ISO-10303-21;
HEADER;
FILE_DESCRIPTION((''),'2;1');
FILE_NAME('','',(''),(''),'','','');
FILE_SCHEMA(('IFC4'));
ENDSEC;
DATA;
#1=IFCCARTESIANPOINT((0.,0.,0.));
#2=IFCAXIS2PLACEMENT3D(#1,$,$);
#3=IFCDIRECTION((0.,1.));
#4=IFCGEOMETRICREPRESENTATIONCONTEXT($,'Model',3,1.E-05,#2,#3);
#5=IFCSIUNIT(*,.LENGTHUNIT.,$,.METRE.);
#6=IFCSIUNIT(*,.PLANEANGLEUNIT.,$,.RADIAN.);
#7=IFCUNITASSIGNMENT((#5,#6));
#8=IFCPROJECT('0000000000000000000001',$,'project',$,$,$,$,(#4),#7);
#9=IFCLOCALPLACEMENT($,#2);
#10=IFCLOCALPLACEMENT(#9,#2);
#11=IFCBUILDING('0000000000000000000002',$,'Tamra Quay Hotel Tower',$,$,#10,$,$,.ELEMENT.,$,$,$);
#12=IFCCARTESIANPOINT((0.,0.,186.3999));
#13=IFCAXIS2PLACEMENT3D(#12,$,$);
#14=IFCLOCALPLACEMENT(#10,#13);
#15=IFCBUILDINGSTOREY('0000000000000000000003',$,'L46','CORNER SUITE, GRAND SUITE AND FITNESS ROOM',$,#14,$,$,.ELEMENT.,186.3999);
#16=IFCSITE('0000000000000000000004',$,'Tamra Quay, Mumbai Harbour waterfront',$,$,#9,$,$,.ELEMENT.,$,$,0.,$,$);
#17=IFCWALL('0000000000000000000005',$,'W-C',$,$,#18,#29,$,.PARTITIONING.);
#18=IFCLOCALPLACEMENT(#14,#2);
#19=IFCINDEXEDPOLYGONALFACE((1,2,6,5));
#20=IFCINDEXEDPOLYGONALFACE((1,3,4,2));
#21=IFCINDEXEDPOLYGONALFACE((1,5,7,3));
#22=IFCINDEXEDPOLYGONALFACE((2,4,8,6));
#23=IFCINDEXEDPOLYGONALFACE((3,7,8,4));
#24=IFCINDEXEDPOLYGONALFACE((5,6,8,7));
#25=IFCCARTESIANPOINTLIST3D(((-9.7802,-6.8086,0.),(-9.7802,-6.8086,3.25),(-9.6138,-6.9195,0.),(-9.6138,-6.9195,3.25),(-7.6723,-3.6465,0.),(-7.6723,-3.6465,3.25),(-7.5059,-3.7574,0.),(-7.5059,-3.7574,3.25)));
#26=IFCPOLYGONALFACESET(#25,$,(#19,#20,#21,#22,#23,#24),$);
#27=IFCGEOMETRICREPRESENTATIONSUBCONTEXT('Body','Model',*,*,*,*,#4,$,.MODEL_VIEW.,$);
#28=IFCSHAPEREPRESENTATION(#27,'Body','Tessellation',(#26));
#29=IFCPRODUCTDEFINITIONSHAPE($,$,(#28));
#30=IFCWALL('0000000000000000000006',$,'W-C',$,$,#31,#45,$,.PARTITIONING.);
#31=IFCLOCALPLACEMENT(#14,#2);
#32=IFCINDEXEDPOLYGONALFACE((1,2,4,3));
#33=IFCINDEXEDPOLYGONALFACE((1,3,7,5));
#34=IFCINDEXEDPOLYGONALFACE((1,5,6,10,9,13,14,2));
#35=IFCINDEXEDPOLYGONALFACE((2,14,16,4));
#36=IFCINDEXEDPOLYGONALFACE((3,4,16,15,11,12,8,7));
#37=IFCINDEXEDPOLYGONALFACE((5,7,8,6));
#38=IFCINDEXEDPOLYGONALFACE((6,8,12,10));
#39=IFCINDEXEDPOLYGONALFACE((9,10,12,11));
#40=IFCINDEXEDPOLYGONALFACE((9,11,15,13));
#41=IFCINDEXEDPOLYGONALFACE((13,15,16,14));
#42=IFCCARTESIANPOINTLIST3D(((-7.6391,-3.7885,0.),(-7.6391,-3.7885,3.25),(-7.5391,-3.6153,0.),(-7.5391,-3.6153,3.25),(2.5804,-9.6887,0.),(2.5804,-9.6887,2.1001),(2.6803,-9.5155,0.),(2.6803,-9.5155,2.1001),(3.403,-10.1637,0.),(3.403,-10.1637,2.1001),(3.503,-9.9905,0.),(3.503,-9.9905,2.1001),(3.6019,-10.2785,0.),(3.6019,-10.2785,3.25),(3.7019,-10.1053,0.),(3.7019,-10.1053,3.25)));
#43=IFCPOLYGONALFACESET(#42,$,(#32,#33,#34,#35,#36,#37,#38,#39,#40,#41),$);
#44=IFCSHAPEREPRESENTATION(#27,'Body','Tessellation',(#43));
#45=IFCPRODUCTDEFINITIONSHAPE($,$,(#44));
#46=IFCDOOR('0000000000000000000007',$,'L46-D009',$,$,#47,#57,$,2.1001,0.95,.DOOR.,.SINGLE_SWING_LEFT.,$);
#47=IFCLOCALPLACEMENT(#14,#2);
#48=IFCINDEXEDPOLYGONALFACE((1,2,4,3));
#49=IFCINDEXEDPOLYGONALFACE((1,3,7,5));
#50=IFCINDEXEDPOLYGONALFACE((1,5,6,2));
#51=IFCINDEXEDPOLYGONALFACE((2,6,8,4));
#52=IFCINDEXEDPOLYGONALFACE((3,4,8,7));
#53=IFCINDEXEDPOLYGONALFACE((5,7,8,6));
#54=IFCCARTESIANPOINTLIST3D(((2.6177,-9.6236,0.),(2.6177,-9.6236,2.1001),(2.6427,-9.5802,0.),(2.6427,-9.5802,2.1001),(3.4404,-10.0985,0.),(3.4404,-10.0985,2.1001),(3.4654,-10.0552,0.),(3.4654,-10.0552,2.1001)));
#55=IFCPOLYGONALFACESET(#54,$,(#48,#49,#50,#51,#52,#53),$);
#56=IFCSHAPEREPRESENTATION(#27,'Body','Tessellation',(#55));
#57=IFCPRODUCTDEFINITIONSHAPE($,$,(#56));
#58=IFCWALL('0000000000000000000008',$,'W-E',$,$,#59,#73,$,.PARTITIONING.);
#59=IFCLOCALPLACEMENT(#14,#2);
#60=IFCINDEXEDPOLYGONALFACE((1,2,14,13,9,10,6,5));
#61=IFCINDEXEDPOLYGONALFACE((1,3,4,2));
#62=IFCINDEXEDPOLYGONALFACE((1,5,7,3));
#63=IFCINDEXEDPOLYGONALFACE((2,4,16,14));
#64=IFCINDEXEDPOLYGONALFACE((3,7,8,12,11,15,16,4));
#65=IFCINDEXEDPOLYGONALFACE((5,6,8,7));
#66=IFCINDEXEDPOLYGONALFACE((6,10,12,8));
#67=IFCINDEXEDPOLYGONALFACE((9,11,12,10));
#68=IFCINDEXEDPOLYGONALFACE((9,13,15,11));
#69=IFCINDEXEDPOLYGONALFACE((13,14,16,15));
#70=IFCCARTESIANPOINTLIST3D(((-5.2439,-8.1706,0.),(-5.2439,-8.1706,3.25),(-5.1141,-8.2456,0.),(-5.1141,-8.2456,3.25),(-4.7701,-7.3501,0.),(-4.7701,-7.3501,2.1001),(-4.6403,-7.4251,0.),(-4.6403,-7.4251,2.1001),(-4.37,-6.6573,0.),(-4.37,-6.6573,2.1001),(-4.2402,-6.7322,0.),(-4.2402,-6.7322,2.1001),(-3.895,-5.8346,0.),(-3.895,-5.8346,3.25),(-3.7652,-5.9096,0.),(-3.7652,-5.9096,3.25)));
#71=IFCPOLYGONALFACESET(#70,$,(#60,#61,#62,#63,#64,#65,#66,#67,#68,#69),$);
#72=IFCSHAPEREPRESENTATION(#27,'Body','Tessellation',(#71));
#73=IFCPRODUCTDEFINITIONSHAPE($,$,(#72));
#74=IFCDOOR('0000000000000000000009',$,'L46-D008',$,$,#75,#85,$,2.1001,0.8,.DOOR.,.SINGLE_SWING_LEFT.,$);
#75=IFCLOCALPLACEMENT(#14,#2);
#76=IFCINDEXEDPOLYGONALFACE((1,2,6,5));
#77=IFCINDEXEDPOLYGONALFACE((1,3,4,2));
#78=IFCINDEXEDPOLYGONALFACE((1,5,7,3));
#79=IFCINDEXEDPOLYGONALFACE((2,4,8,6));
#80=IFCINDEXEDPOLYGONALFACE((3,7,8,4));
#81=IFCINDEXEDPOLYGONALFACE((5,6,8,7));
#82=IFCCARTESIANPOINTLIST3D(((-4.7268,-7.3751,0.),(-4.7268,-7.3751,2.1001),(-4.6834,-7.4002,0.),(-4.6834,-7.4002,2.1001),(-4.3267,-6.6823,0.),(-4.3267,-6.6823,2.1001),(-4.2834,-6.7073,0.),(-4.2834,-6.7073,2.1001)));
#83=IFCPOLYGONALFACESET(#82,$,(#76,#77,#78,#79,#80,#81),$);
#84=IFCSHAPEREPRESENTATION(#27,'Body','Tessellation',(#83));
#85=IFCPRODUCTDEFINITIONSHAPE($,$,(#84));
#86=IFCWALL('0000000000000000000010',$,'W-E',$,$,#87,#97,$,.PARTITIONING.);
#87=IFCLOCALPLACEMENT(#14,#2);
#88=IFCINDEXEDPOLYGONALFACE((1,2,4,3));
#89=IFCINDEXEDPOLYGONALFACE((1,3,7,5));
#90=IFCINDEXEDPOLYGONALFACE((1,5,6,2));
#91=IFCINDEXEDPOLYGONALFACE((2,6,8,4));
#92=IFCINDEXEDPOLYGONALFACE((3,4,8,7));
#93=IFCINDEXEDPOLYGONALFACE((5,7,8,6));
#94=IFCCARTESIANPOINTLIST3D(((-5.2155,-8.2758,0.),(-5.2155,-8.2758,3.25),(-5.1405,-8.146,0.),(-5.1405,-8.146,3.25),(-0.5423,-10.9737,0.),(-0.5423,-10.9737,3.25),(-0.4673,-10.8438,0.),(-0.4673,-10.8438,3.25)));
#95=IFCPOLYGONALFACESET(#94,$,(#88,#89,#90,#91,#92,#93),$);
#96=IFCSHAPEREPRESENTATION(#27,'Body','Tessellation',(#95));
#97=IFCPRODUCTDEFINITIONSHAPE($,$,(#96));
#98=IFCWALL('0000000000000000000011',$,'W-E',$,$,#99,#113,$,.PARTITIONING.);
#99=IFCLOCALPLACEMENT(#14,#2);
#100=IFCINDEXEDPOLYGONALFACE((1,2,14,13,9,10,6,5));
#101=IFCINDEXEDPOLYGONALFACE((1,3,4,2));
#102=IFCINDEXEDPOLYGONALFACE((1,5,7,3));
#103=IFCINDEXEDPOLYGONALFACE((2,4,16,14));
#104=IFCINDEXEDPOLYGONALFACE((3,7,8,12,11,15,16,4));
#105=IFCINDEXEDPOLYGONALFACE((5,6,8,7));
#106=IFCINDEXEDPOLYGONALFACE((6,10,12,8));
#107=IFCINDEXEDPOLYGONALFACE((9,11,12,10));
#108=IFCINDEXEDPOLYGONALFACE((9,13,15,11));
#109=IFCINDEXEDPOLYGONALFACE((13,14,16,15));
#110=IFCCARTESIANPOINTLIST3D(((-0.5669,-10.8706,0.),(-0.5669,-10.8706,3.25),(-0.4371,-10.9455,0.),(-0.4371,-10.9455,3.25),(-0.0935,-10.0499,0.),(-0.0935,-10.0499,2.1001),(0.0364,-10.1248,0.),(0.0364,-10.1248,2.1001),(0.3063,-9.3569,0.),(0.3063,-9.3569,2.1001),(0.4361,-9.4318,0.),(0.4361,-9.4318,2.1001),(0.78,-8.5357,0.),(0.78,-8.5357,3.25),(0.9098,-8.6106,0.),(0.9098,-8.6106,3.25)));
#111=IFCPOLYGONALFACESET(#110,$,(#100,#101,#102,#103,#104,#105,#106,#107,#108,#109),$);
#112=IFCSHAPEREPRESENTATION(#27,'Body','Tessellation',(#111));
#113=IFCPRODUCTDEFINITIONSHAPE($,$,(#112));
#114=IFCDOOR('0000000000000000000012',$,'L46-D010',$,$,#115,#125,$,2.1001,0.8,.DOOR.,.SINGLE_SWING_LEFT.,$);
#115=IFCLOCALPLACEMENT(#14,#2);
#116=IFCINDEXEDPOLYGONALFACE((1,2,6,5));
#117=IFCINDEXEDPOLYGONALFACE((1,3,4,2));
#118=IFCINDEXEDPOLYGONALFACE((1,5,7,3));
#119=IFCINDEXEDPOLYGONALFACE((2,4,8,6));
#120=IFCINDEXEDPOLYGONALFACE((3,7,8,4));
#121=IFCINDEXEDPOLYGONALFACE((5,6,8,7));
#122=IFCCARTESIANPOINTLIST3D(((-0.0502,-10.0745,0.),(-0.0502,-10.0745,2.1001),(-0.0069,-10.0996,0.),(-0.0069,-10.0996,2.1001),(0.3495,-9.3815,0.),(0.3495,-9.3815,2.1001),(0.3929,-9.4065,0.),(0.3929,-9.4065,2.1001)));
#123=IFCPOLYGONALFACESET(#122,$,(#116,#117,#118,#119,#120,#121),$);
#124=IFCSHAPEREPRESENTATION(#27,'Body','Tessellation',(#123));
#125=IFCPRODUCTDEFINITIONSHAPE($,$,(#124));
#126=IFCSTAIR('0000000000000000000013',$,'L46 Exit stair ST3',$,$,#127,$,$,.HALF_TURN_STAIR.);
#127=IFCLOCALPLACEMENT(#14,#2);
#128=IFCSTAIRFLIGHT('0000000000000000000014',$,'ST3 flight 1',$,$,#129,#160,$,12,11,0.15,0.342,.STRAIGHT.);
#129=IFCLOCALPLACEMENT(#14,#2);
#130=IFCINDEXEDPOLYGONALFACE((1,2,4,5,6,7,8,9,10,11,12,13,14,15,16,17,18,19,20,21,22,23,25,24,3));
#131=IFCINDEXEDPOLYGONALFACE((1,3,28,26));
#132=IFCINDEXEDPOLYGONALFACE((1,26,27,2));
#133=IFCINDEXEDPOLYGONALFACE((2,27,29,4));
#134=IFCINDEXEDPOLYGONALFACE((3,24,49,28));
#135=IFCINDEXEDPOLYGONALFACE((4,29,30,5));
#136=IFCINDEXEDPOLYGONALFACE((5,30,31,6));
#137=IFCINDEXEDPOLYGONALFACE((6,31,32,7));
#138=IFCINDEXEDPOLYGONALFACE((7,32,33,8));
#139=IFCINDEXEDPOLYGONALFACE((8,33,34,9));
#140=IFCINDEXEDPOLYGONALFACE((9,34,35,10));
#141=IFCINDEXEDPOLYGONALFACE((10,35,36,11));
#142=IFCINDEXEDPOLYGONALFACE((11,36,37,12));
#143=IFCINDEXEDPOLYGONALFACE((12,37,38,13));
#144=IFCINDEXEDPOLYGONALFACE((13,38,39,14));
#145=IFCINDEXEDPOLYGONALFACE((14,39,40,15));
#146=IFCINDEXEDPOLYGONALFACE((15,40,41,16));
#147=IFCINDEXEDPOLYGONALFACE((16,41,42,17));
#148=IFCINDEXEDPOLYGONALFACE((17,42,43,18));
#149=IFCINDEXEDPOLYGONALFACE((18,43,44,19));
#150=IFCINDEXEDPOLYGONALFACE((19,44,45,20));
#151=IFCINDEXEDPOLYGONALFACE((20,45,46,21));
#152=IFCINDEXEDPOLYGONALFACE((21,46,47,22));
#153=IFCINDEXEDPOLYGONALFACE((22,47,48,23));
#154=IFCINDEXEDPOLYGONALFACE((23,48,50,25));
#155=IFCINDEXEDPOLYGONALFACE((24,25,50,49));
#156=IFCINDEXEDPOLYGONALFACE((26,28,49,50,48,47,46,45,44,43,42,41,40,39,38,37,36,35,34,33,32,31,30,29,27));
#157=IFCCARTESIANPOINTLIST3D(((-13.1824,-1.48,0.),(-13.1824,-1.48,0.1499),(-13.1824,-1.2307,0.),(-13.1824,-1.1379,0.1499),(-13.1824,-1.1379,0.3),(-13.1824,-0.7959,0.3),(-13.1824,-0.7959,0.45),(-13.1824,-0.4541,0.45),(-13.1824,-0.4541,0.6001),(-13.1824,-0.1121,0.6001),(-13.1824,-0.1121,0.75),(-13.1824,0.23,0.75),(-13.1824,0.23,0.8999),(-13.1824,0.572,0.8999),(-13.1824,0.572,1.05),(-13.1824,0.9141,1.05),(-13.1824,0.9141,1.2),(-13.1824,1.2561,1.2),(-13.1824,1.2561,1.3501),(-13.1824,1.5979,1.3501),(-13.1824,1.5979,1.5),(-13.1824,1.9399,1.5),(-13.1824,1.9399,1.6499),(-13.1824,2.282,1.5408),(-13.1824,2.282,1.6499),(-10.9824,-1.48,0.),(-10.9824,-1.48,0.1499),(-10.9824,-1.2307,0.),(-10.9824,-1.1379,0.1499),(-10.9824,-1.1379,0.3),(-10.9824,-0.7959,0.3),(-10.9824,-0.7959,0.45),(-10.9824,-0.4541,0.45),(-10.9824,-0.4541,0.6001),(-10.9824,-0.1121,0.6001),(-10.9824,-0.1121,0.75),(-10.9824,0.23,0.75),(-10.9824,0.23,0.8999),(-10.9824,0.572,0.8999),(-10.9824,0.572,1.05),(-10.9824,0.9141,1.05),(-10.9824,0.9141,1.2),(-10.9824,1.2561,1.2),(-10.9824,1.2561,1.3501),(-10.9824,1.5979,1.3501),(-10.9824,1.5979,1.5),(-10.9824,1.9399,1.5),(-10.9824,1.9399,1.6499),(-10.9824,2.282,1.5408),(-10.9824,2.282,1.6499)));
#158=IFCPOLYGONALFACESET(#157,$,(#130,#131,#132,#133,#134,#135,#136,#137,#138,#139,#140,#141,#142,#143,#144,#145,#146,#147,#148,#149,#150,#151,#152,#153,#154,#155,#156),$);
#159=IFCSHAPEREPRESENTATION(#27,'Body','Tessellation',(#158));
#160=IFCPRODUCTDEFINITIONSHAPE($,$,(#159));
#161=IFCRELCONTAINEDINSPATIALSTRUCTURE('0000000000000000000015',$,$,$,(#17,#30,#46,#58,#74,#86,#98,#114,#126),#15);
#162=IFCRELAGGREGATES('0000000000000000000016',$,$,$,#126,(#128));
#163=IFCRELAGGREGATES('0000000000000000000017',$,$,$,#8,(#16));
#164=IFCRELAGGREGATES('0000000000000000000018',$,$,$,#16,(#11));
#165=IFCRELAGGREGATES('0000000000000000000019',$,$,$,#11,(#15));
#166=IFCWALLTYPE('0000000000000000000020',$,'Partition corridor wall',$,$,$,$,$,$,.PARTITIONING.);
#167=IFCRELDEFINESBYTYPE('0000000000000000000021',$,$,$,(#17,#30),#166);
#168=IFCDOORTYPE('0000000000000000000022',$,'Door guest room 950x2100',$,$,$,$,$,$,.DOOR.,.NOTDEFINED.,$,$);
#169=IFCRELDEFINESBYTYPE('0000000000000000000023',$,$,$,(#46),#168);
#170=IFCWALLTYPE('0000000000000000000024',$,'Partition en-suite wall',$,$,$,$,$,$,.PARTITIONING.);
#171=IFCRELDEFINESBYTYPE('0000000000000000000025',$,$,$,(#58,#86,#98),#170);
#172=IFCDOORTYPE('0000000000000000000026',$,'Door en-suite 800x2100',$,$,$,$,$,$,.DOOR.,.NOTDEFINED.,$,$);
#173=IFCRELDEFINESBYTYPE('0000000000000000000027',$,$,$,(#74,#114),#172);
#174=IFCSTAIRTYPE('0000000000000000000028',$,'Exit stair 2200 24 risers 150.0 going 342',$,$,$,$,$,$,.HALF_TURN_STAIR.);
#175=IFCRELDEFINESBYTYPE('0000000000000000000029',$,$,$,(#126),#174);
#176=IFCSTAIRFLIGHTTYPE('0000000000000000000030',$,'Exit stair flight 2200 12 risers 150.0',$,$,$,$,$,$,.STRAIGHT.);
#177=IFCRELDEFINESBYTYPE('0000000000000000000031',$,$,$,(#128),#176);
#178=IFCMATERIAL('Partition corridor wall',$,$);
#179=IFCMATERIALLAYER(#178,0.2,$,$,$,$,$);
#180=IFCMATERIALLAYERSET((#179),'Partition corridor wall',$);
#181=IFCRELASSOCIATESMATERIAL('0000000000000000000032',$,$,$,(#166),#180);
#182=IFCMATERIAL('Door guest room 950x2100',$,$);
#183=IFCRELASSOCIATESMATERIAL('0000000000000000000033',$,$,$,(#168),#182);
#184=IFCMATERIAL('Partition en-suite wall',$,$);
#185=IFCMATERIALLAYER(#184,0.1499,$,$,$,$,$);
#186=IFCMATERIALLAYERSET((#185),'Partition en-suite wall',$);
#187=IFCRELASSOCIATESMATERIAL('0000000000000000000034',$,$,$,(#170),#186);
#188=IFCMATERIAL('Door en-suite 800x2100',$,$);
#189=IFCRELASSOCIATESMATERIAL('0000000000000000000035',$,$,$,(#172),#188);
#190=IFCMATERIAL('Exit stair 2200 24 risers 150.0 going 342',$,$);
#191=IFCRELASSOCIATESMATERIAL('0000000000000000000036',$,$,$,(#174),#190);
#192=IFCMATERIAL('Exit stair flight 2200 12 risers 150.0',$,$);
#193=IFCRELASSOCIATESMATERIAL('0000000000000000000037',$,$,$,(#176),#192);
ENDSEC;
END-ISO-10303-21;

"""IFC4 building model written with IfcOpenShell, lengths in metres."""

from ifc_helpers import new_model, si_unit, direction, frame, frame_2d, origin, place, context, subcontext, project, spatial, polyline, rectangle, outline, extrude, material, layer, layer_set, type_object, element, fill, aggregate, save


model = new_model("IFC4")

# Units and contexts
model_context = context("Model", 3, precision=1e-05, world=origin(), true_north=direction((0.0, 1.0)))
body_context = subcontext(model_context, "Body", "Model", "MODEL_VIEW")
ifc_project = project(units=[si_unit("LENGTHUNIT", "METRE"), si_unit("PLANEANGLEUNIT", "RADIAN")], contexts=[model_context])

# Site, building, storey
site_placement = place(None, origin())
site = spatial("IfcSite", under=ifc_project, at=site_placement, Name="Tamra Quay, Mumbai Harbour waterfront", CompositionType="ELEMENT", RefElevation=0.0)
building_placement = place(site_placement, origin())
building = spatial("IfcBuilding", under=site, at=building_placement, Name="Tamra Quay Hotel Tower", CompositionType="ELEMENT")
storey_placement = place(building_placement, frame((0.0, 0.0, 186.3999)))
storey = spatial("IfcBuildingStorey", under=building, at=storey_placement, Name="L46", Description="CORNER SUITE, GRAND SUITE AND FITNESS ROOM", CompositionType="ELEMENT", Elevation=186.3999)

# Wall
ifc_material_1 = material(Name="Partition corridor wall")
ifc_layer_1 = layer(ifc_material_1, 0.2)
ifc_layer_set_1 = layer_set([ifc_layer_1], Name="Partition corridor wall")
wall_type_1 = type_object("IfcWallType", Name="Partition corridor wall", PredefinedType="PARTITIONING", material=ifc_layer_set_1)
wall_1_placement = place(storey_placement, frame((-9.697, -6.864, 0.0), z_axis=(0.0, 0.0, 1.0), x_axis=(0.554671, 0.83207, 0.0)))
element("IfcWall", 1, at=wall_1_placement, inside=storey, type_object=wall_type_1, Name="W-C", PredefinedType="PARTITIONING", context=body_context, shape_type="SweptSolid", body=[
    extrude(rectangle(XDim=3.8003, YDim=0.2, at=frame_2d((1.9001, 0.0))), origin(), (0.0, 0.0, 1.0), 3.25),
])

# Walls, openings, doors
wall_2_placement = place(storey_placement, frame((-7.5891, -3.7019, 0.0), z_axis=(0.0, 0.0, 1.0), x_axis=(0.866025, -0.500001, 0.0)))
wall_2 = element("IfcWall", 2, at=wall_2_placement, inside=storey, type_object=wall_type_1, Name="W-C", PredefinedType="PARTITIONING", context=body_context, shape_type="SweptSolid", body=[
    extrude(rectangle(XDim=12.98, YDim=0.2, at=frame_2d((6.49, 0.0))), origin(), (0.0, 0.0, 1.0), 3.25),
])
opening_1_placement = place(wall_2_placement, frame((11.8003, 0.0, 0.0)))
opening_1 = element("IfcOpeningElement", 3, at=opening_1_placement, cuts=wall_2, PredefinedType="OPENING", context=body_context, shape_type="SweptSolid", body=[
    extrude(rectangle(XDim=0.95, YDim=2.1001, at=frame_2d((0.4751, 1.05))), frame((0.0, 0.1099, 0.0), z_axis=(0.0, -1.0, 0.0), x_axis=(1.0, 0.0, 0.0)), (0.0, 0.0, 1.0), 0.22),
])
ifc_material_2 = material(Name="Door guest room 950x2100")
door_type_1 = type_object("IfcDoorType", Name="Door guest room 950x2100", OperationType="NOTDEFINED", PredefinedType="DOOR", material=ifc_material_2)
door_1_placement = place(opening_1_placement, frame((0.95, 0.0, 0.0), z_axis=(0.0, 0.0, 1.0), x_axis=(-1.0, 0.0, 0.0)))
door_1 = element("IfcDoor", 4, at=door_1_placement, inside=storey, type_object=door_type_1, Name="L46-D009", OperationType="SINGLE_SWING_LEFT", OverallHeight=2.1001, OverallWidth=0.95, PredefinedType="DOOR", context=body_context, shape_type="SweptSolid", body=[
    extrude(rectangle(XDim=0.95, YDim=2.1001, at=frame_2d((0.4751, 1.05))), frame((0.0, 0.0249, 0.0), z_axis=(0.0, -1.0, 0.0), x_axis=(1.0, 0.0, 0.0)), (0.0, 0.0, 1.0), 0.05),
])
fill(opening_1, door_1)
ifc_material_3 = material(Name="Partition en-suite wall")
ifc_layer_2 = layer(ifc_material_3, 0.1499)
ifc_layer_set_2 = layer_set([ifc_layer_2], Name="Partition en-suite wall")
wall_type_2 = type_object("IfcWallType", Name="Partition en-suite wall", PredefinedType="PARTITIONING", material=ifc_layer_set_2)
wall_3_placement = place(storey_placement, frame((-5.179, -8.208, 0.0), z_axis=(0.0, 0.0, 1.0), x_axis=(0.500062, 0.86599, 0.0)))
wall_3 = element("IfcWall", 5, at=wall_3_placement, inside=storey, type_object=wall_type_2, Name="W-E", PredefinedType="PARTITIONING", context=body_context, shape_type="SweptSolid", body=[
    extrude(rectangle(XDim=2.6975, YDim=0.1499, at=frame_2d((1.3486, 0.0))), origin(), (0.0, 0.0, 1.0), 3.25),
])
opening_2_placement = place(wall_3_placement, frame((0.9475, 0.0, 0.0)))
opening_2 = element("IfcOpeningElement", 6, at=opening_2_placement, cuts=wall_3, PredefinedType="OPENING", context=body_context, shape_type="SweptSolid", body=[
    extrude(rectangle(XDim=0.8, YDim=2.1001, at=frame_2d((0.3999, 1.05))), frame((0.0, 0.085, 0.0), z_axis=(0.0, -1.0, 0.0), x_axis=(1.0, 0.0, 0.0)), (0.0, 0.0, 1.0), 0.1699),
])
ifc_material_4 = material(Name="Door en-suite 800x2100")
door_type_2 = type_object("IfcDoorType", Name="Door en-suite 800x2100", OperationType="NOTDEFINED", PredefinedType="DOOR", material=ifc_material_4)
door_2_placement = place(opening_2_placement, origin())
door_2 = element("IfcDoor", 7, at=door_2_placement, inside=storey, type_object=door_type_2, Name="L46-D008", OperationType="SINGLE_SWING_LEFT", OverallHeight=2.1001, OverallWidth=0.8, PredefinedType="DOOR", context=body_context, shape_type="SweptSolid", body=[
    extrude(rectangle(XDim=0.8, YDim=2.1001, at=frame_2d((0.3999, 1.05))), frame((0.0, 0.0249, 0.0), z_axis=(0.0, -1.0, 0.0), x_axis=(1.0, 0.0, 0.0)), (0.0, 0.0, 1.0), 0.05),
])
fill(opening_2, door_2)

# Wall
wall_4_placement = place(storey_placement, frame((-5.178, -8.2109, 0.0), z_axis=(0.0, 0.0, 1.0), x_axis=(0.866046, -0.499964, 0.0)))
element("IfcWall", 8, at=wall_4_placement, inside=storey, type_object=wall_type_2, Name="W-E", PredefinedType="PARTITIONING", context=body_context, shape_type="SweptSolid", body=[
    extrude(rectangle(XDim=5.396, YDim=0.1499, at=frame_2d((2.698, 0.0))), origin(), (0.0, 0.0, 1.0), 3.25),
])

# Wall, opening, door
wall_5_placement = place(storey_placement, frame((-0.502, -10.908, 0.0), z_axis=(0.0, 0.0, 1.0), x_axis=(0.499675, 0.866213, 0.0)))
wall_5 = element("IfcWall", 9, at=wall_5_placement, inside=storey, type_object=wall_type_2, Name="W-E", PredefinedType="PARTITIONING", context=body_context, shape_type="SweptSolid", body=[
    extrude(rectangle(XDim=2.6956, YDim=0.1499, at=frame_2d((1.3477, 0.0))), origin(), (0.0, 0.0, 1.0), 3.25),
])
opening_3_placement = place(wall_5_placement, frame((0.9475, 0.0, 0.0)))
opening_3 = element("IfcOpeningElement", 10, at=opening_3_placement, cuts=wall_5, PredefinedType="OPENING", context=body_context, shape_type="SweptSolid", body=[
    extrude(rectangle(XDim=0.8, YDim=2.1001, at=frame_2d((0.3999, 1.05))), frame((0.0, 0.085, 0.0), z_axis=(0.0, -1.0, 0.0), x_axis=(1.0, 0.0, 0.0)), (0.0, 0.0, 1.0), 0.1699),
])
door_3_placement = place(opening_3_placement, frame((0.8, 0.0, 0.0), z_axis=(0.0, 0.0, 1.0), x_axis=(-1.0, 0.0, 0.0)))
door_3 = element("IfcDoor", 11, at=door_3_placement, inside=storey, type_object=door_type_2, Name="L46-D010", OperationType="SINGLE_SWING_LEFT", OverallHeight=2.1001, OverallWidth=0.8, PredefinedType="DOOR", context=body_context, shape_type="SweptSolid", body=[
    extrude(rectangle(XDim=0.8, YDim=2.1001, at=frame_2d((0.3999, 1.05))), frame((0.0, 0.0249, 0.0), z_axis=(0.0, -1.0, 0.0), x_axis=(1.0, 0.0, 0.0)), (0.0, 0.0, 1.0), 0.05),
])
fill(opening_3, door_3)

# Stair, stair flight
ifc_material_5 = material(Name="Exit stair 2200 24 risers 150.0 going 342")
stair_type = type_object("IfcStairType", Name="Exit stair 2200 24 risers 150.0 going 342", PredefinedType="HALF_TURN_STAIR", material=ifc_material_5)
stair_placement = place(storey_placement, origin())
stair = element("IfcStair", 12, at=stair_placement, inside=storey, type_object=stair_type, Name="L46 Exit stair ST3", PredefinedType="HALF_TURN_STAIR")
ifc_material_6 = material(Name="Exit stair flight 2200 12 risers 150.0")
stair_flight_type = type_object("IfcStairFlightType", Name="Exit stair flight 2200 12 risers 150.0", PredefinedType="STRAIGHT", material=ifc_material_6)
stair_flight_placement = place(storey_placement, frame((-12.0823, -1.48, 0.0), z_axis=(0.0, 0.0, 1.0), x_axis=(0.0, 1.0, 0.0)))
stair_flight = element("IfcStairFlight", 13, at=stair_flight_placement, type_object=stair_flight_type, Name="ST3 flight 1", NumberOfRisers=12, NumberOfTreads=11, PredefinedType="STRAIGHT", RiserHeight=0.15, TreadLength=0.342, context=body_context, shape_type="SweptSolid", body=[
    extrude(outline(polyline([(0.0, 0.0), (0.0, 0.1499), (0.342, 0.1499), (0.342, 0.3), (0.6841, 0.3), (0.6841, 0.45), (1.0259, 0.45), (1.0259, 0.6001), (1.3679, 0.6001), (1.3679, 0.75), (1.71, 0.75), (1.71, 0.8999), (2.052, 0.8999), (2.052, 1.05), (2.394, 1.05), (2.394, 1.2), (2.7361, 1.2), (2.7361, 1.3501), (3.0779, 1.3501), (3.0779, 1.5), (3.4199, 1.5), (3.4199, 1.6499), (3.762, 1.6499), (3.762, 1.8), (3.762, 1.5408), (0.2493, 0.0), (0.0, 0.0)])), frame((0.0, 1.1001, 0.0), z_axis=(0.0, -1.0, 0.0), x_axis=(1.0, 0.0, 0.0)), (0.0, 0.0, 1.0), 2.2),
])
aggregate(stair, [stair_flight])

save(model, "model.ifc")
